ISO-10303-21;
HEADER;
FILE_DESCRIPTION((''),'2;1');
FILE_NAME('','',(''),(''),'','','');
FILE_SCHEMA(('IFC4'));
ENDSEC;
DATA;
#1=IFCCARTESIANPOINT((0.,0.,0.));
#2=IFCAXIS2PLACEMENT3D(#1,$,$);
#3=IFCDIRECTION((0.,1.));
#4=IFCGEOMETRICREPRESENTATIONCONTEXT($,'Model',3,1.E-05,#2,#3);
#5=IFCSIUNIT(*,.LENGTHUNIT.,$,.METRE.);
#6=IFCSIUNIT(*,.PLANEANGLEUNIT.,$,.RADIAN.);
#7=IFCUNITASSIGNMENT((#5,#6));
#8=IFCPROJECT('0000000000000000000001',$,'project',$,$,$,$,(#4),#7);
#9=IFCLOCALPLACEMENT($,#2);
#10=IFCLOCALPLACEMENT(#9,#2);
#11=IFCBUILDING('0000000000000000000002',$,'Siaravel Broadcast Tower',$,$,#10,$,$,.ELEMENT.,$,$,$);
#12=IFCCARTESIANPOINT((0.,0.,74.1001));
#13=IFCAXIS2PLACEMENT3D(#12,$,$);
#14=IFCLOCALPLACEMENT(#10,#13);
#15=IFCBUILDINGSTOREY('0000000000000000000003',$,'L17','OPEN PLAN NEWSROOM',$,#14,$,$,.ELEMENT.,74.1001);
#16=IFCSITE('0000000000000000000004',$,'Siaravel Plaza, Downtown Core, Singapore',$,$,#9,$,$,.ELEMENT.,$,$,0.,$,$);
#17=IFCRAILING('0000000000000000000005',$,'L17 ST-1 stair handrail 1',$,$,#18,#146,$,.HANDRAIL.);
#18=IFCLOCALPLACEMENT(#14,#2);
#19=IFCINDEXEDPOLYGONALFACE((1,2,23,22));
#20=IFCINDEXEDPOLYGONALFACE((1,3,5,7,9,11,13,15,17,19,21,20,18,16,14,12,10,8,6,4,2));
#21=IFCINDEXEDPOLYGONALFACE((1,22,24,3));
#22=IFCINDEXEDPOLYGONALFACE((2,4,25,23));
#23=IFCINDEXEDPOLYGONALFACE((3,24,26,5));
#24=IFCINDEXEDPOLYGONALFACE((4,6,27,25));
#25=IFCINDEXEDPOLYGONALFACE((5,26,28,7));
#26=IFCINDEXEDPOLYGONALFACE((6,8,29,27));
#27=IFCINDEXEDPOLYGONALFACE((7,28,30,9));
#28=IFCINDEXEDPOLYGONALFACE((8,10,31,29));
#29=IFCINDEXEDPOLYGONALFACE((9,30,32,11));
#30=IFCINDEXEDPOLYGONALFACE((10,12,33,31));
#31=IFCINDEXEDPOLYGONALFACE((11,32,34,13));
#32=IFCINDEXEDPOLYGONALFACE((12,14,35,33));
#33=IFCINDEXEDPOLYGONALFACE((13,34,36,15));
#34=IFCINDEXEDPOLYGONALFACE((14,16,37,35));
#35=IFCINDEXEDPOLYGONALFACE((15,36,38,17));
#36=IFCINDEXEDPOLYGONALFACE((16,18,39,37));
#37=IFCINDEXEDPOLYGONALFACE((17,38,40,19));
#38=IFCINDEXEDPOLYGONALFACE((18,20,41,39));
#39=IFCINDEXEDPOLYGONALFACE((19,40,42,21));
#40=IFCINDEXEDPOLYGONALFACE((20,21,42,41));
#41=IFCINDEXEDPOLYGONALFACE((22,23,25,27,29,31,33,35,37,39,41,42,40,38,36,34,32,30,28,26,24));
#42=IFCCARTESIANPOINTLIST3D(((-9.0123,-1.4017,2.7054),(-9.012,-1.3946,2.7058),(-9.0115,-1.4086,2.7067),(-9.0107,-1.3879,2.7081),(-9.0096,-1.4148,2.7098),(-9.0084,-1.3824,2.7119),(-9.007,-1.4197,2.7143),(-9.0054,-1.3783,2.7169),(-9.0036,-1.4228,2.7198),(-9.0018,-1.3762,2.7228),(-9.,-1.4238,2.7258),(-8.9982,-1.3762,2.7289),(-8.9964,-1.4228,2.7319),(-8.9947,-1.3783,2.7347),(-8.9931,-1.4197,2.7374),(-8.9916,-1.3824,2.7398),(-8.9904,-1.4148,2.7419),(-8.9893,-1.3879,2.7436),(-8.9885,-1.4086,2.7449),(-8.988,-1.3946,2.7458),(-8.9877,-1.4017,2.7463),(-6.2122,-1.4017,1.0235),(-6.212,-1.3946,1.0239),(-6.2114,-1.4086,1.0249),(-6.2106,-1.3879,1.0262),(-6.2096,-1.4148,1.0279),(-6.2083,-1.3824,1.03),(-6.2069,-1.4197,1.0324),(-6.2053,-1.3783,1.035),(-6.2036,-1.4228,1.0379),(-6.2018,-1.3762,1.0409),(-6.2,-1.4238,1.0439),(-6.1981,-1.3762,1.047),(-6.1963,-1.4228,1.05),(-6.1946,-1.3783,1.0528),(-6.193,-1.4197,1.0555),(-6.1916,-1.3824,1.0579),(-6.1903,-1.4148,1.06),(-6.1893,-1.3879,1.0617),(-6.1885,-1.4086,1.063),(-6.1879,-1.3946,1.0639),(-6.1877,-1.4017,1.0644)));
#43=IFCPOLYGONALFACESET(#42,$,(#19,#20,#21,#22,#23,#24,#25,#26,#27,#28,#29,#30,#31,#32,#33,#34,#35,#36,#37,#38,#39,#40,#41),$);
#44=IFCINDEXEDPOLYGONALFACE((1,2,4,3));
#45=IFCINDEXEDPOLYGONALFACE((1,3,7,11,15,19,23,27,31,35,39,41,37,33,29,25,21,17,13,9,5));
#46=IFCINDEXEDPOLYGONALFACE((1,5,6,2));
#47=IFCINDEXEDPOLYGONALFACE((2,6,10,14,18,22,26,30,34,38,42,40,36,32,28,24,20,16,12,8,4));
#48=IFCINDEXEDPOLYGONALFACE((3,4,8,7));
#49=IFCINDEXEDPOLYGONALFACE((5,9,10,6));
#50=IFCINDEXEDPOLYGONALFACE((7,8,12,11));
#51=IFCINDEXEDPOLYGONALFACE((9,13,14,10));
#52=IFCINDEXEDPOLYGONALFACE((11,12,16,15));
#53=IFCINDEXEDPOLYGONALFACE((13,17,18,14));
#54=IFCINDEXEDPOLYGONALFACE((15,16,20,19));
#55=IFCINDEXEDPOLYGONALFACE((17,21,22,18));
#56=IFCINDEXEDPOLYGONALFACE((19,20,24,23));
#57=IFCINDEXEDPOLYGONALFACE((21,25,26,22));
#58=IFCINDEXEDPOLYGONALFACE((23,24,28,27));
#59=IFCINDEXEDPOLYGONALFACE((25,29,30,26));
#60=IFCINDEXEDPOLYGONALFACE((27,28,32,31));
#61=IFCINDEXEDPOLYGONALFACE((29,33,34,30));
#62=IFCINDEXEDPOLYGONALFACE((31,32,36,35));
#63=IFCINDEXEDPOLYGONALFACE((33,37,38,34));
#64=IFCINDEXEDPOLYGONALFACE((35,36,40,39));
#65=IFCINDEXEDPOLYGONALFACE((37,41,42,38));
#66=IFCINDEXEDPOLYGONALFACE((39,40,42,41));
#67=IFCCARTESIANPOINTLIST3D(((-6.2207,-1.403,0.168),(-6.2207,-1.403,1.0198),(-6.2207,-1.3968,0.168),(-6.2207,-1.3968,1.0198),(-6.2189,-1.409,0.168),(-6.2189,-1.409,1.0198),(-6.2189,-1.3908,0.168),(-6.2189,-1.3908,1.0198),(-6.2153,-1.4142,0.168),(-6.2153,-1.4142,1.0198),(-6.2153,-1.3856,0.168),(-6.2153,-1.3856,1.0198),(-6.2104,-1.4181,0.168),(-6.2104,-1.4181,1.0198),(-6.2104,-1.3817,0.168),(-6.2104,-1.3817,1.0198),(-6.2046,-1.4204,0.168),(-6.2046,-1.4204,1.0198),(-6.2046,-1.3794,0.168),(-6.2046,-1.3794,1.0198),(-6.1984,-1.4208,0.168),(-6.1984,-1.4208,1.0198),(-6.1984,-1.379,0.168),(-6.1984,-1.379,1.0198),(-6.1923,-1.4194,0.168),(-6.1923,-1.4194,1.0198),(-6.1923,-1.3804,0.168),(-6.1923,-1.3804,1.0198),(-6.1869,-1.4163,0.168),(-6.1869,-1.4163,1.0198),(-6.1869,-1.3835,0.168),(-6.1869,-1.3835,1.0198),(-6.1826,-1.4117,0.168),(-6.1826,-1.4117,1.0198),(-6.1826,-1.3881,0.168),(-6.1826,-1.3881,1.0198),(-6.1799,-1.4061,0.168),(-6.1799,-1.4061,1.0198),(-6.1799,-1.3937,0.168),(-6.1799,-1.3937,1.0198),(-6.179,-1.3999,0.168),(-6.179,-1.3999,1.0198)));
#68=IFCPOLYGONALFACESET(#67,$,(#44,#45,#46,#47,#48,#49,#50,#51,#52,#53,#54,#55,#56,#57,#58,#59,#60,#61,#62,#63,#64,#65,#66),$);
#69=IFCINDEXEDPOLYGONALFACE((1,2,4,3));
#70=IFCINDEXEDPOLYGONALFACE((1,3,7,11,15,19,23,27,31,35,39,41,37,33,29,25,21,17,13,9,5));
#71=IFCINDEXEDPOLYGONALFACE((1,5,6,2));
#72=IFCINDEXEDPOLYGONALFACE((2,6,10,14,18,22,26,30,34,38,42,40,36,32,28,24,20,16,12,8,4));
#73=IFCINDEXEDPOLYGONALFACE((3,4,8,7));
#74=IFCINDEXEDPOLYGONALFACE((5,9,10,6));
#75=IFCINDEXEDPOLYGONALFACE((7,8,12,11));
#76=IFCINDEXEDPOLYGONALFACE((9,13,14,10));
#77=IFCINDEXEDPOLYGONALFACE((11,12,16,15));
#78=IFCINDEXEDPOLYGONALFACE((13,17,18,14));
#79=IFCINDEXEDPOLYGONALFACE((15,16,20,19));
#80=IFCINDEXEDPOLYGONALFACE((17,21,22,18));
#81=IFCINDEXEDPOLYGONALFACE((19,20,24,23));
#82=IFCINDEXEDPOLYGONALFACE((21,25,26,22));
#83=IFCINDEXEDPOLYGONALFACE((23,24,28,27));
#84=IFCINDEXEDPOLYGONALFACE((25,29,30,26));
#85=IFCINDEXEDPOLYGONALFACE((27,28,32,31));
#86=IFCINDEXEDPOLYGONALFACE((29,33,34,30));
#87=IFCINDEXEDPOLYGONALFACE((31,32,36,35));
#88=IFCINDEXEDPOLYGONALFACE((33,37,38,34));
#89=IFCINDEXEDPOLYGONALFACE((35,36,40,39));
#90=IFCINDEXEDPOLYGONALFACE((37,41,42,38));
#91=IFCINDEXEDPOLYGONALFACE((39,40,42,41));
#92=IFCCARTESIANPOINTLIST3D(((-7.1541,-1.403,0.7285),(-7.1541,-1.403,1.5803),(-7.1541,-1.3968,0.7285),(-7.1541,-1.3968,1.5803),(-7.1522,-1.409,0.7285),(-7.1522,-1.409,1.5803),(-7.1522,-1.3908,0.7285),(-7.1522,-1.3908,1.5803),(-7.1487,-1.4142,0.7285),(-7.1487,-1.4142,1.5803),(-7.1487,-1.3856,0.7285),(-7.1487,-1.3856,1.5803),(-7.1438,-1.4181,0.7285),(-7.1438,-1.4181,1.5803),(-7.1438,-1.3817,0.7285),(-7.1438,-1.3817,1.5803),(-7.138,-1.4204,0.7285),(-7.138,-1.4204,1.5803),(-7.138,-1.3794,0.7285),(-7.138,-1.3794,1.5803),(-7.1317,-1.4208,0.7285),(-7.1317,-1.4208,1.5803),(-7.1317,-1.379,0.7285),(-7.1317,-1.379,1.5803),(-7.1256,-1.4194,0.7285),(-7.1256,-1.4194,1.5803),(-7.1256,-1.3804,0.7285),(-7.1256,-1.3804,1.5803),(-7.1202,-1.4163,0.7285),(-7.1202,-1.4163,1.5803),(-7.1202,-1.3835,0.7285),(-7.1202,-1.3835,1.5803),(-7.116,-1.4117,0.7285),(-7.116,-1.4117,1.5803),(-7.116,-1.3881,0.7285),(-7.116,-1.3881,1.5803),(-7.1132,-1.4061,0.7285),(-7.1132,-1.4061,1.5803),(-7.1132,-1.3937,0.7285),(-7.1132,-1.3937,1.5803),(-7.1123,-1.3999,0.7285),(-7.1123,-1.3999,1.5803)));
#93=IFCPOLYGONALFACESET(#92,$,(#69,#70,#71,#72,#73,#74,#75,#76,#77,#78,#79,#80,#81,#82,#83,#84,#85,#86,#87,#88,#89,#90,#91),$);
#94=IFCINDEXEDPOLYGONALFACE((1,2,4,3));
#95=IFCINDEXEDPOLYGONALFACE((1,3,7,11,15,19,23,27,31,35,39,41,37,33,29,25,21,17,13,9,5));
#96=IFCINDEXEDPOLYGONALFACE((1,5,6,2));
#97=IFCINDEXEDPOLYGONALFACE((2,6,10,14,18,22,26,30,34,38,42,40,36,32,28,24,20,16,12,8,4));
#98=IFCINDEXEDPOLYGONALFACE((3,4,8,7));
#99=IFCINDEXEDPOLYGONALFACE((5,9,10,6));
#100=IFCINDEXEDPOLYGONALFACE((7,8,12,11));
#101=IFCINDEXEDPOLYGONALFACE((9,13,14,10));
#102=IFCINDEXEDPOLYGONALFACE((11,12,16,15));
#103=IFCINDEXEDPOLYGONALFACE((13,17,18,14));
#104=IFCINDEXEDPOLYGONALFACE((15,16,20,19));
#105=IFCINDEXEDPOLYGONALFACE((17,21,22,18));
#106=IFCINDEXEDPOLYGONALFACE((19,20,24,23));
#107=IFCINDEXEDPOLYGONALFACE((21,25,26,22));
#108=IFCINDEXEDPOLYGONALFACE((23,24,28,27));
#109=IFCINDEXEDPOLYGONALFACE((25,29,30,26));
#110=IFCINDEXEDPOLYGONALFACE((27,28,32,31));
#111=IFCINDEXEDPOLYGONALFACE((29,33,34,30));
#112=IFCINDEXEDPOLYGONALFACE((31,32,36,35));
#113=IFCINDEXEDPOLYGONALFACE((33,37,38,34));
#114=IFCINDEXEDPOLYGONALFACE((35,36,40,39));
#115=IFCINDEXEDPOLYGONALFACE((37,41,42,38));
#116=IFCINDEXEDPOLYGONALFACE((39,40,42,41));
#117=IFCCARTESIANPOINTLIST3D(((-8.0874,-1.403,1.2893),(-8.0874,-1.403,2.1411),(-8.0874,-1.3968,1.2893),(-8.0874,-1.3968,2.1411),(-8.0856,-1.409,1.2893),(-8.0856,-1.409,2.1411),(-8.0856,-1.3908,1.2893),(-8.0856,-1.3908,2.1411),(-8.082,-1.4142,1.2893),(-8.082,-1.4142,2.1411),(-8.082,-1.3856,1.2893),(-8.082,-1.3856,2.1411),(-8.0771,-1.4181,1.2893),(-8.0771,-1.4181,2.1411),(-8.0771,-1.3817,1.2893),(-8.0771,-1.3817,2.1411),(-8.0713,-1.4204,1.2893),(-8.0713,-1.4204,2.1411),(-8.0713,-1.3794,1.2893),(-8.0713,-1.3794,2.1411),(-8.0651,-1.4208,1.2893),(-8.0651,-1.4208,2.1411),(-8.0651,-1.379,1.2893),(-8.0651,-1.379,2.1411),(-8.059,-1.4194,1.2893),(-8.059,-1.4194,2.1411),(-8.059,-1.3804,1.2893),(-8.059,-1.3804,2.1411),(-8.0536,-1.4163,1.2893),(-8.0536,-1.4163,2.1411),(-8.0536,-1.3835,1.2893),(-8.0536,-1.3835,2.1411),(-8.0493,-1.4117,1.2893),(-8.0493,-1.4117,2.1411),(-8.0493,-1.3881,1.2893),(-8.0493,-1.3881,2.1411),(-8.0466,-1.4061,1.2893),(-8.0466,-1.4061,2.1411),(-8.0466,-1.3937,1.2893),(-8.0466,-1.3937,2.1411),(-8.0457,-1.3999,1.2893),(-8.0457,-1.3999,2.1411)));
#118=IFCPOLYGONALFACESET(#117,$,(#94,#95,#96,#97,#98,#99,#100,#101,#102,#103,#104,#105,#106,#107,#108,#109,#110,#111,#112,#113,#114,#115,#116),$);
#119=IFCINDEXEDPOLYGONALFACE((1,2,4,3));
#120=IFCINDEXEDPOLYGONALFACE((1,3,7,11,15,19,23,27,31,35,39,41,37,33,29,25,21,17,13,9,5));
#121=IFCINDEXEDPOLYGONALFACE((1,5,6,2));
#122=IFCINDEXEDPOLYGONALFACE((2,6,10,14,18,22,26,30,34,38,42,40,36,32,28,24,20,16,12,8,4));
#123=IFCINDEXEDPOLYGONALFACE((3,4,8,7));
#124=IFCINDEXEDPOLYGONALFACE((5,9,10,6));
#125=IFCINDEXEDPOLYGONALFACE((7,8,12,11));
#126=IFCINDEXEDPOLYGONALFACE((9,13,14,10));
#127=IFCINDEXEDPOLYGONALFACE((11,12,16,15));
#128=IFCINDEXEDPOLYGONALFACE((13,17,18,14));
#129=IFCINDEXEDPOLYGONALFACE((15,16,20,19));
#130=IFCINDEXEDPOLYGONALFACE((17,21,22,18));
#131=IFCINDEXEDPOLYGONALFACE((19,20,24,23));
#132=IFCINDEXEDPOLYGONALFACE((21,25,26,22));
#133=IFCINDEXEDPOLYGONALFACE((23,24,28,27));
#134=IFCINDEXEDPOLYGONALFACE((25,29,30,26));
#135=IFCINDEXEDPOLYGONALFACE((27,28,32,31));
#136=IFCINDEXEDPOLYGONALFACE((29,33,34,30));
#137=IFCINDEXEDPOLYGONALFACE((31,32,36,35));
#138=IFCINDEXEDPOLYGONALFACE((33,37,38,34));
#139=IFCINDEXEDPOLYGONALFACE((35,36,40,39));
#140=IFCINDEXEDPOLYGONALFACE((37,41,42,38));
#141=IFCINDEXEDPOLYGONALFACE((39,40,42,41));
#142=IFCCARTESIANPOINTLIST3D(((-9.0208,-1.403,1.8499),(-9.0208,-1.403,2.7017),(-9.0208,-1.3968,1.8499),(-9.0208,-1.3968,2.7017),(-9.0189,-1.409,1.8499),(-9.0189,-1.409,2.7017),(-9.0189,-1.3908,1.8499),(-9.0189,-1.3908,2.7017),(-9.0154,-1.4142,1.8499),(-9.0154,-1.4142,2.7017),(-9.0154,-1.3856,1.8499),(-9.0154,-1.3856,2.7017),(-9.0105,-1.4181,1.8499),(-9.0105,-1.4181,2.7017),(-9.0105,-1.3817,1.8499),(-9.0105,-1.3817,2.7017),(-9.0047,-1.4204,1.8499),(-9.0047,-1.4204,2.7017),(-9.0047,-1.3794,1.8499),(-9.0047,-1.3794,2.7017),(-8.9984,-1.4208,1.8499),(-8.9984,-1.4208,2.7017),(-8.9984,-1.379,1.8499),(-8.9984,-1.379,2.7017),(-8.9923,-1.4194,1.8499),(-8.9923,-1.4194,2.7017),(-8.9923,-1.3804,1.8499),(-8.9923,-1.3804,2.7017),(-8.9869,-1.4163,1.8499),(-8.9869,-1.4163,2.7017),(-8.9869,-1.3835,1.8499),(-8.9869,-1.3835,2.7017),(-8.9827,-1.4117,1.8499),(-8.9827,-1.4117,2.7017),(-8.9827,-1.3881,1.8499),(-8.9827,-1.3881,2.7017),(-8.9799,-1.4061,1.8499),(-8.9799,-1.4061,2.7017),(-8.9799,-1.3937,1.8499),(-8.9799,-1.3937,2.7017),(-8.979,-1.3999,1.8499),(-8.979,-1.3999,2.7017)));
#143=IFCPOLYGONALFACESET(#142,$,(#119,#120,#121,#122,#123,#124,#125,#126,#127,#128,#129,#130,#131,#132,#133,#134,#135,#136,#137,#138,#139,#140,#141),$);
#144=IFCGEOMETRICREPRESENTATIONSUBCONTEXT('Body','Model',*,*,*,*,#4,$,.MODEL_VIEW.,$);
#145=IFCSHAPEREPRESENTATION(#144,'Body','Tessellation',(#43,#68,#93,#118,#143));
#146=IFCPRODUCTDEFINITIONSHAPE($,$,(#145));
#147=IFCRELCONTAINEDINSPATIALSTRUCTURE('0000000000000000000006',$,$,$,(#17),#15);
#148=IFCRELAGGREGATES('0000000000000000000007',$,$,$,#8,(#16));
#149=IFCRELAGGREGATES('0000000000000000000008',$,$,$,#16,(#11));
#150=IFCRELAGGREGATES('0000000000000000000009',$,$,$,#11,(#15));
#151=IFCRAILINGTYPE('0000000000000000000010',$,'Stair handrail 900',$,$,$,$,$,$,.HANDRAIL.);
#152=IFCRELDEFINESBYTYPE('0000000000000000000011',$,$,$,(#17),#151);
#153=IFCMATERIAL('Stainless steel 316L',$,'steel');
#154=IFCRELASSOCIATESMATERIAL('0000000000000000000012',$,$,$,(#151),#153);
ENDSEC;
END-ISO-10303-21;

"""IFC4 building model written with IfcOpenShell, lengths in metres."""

from ifc_helpers import new_model, si_unit, direction, frame, origin, origin_2d, place, context, subcontext, project, spatial, circle, extrude, material, type_object, element, save


model = new_model("IFC4")

# Units and contexts
model_context = context("Model", 3, precision=1e-05, world=origin(), true_north=direction((0.0, 1.0)))
body_context = subcontext(model_context, "Body", "Model", "MODEL_VIEW")
ifc_project = project(units=[si_unit("LENGTHUNIT", "METRE"), si_unit("PLANEANGLEUNIT", "RADIAN")], contexts=[model_context])

# Site, building, storey
site_placement = place(None, origin())
site = spatial("IfcSite", under=ifc_project, at=site_placement, Name="Siaravel Plaza, Downtown Core, Singapore", CompositionType="ELEMENT", RefElevation=0.0)
building_placement = place(site_placement, origin())
building = spatial("IfcBuilding", under=site, at=building_placement, Name="Siaravel Broadcast Tower", CompositionType="ELEMENT")
storey_placement = place(building_placement, frame((0.0, 0.0, 74.1001)))
storey = spatial("IfcBuildingStorey", under=building, at=storey_placement, Name="L17", Description="OPEN PLAN NEWSROOM", CompositionType="ELEMENT", Elevation=74.1001)

# Shared definitions
ifc_material_1 = material(Name="Stainless steel 316L", Category="steel")

# Railing
railing_type = type_object("IfcRailingType", Name="Stair handrail 900", PredefinedType="HANDRAIL", material=ifc_material_1)
railing_placement = place(storey_placement, frame((-6.2, -1.3999, 0.168)))
element("IfcRailing", 1, at=railing_placement, inside=storey, type_object=railing_type, Name="L17 ST-1 stair handrail 1", PredefinedType="HANDRAIL", context=body_context, shape_type="SweptSolid", body=[
    extrude(circle(Radius=0.0239, at=origin_2d()), frame((0.0, 0.0, 0.876), z_axis=(-0.857242, 0.0, 0.514913), x_axis=(0.0, -1.0, 0.0)), (0.0, 0.0, 1.0), 3.2664),
    extrude(circle(Radius=0.021, at=origin_2d()), origin(), (0.0, 0.0, 1.0), 0.8518),
    extrude(circle(Radius=0.021, at=origin_2d()), frame((-0.9333, 0.0, 0.5605)), (0.0, 0.0, 1.0), 0.8518),
    extrude(circle(Radius=0.021, at=origin_2d()), frame((-1.8667, 0.0, 1.1213)), (0.0, 0.0, 1.0), 0.8518),
    extrude(circle(Radius=0.021, at=origin_2d()), frame((-2.8, 0.0, 1.6819)), (0.0, 0.0, 1.0), 0.8518),
])

save(model, "model.ifc")
